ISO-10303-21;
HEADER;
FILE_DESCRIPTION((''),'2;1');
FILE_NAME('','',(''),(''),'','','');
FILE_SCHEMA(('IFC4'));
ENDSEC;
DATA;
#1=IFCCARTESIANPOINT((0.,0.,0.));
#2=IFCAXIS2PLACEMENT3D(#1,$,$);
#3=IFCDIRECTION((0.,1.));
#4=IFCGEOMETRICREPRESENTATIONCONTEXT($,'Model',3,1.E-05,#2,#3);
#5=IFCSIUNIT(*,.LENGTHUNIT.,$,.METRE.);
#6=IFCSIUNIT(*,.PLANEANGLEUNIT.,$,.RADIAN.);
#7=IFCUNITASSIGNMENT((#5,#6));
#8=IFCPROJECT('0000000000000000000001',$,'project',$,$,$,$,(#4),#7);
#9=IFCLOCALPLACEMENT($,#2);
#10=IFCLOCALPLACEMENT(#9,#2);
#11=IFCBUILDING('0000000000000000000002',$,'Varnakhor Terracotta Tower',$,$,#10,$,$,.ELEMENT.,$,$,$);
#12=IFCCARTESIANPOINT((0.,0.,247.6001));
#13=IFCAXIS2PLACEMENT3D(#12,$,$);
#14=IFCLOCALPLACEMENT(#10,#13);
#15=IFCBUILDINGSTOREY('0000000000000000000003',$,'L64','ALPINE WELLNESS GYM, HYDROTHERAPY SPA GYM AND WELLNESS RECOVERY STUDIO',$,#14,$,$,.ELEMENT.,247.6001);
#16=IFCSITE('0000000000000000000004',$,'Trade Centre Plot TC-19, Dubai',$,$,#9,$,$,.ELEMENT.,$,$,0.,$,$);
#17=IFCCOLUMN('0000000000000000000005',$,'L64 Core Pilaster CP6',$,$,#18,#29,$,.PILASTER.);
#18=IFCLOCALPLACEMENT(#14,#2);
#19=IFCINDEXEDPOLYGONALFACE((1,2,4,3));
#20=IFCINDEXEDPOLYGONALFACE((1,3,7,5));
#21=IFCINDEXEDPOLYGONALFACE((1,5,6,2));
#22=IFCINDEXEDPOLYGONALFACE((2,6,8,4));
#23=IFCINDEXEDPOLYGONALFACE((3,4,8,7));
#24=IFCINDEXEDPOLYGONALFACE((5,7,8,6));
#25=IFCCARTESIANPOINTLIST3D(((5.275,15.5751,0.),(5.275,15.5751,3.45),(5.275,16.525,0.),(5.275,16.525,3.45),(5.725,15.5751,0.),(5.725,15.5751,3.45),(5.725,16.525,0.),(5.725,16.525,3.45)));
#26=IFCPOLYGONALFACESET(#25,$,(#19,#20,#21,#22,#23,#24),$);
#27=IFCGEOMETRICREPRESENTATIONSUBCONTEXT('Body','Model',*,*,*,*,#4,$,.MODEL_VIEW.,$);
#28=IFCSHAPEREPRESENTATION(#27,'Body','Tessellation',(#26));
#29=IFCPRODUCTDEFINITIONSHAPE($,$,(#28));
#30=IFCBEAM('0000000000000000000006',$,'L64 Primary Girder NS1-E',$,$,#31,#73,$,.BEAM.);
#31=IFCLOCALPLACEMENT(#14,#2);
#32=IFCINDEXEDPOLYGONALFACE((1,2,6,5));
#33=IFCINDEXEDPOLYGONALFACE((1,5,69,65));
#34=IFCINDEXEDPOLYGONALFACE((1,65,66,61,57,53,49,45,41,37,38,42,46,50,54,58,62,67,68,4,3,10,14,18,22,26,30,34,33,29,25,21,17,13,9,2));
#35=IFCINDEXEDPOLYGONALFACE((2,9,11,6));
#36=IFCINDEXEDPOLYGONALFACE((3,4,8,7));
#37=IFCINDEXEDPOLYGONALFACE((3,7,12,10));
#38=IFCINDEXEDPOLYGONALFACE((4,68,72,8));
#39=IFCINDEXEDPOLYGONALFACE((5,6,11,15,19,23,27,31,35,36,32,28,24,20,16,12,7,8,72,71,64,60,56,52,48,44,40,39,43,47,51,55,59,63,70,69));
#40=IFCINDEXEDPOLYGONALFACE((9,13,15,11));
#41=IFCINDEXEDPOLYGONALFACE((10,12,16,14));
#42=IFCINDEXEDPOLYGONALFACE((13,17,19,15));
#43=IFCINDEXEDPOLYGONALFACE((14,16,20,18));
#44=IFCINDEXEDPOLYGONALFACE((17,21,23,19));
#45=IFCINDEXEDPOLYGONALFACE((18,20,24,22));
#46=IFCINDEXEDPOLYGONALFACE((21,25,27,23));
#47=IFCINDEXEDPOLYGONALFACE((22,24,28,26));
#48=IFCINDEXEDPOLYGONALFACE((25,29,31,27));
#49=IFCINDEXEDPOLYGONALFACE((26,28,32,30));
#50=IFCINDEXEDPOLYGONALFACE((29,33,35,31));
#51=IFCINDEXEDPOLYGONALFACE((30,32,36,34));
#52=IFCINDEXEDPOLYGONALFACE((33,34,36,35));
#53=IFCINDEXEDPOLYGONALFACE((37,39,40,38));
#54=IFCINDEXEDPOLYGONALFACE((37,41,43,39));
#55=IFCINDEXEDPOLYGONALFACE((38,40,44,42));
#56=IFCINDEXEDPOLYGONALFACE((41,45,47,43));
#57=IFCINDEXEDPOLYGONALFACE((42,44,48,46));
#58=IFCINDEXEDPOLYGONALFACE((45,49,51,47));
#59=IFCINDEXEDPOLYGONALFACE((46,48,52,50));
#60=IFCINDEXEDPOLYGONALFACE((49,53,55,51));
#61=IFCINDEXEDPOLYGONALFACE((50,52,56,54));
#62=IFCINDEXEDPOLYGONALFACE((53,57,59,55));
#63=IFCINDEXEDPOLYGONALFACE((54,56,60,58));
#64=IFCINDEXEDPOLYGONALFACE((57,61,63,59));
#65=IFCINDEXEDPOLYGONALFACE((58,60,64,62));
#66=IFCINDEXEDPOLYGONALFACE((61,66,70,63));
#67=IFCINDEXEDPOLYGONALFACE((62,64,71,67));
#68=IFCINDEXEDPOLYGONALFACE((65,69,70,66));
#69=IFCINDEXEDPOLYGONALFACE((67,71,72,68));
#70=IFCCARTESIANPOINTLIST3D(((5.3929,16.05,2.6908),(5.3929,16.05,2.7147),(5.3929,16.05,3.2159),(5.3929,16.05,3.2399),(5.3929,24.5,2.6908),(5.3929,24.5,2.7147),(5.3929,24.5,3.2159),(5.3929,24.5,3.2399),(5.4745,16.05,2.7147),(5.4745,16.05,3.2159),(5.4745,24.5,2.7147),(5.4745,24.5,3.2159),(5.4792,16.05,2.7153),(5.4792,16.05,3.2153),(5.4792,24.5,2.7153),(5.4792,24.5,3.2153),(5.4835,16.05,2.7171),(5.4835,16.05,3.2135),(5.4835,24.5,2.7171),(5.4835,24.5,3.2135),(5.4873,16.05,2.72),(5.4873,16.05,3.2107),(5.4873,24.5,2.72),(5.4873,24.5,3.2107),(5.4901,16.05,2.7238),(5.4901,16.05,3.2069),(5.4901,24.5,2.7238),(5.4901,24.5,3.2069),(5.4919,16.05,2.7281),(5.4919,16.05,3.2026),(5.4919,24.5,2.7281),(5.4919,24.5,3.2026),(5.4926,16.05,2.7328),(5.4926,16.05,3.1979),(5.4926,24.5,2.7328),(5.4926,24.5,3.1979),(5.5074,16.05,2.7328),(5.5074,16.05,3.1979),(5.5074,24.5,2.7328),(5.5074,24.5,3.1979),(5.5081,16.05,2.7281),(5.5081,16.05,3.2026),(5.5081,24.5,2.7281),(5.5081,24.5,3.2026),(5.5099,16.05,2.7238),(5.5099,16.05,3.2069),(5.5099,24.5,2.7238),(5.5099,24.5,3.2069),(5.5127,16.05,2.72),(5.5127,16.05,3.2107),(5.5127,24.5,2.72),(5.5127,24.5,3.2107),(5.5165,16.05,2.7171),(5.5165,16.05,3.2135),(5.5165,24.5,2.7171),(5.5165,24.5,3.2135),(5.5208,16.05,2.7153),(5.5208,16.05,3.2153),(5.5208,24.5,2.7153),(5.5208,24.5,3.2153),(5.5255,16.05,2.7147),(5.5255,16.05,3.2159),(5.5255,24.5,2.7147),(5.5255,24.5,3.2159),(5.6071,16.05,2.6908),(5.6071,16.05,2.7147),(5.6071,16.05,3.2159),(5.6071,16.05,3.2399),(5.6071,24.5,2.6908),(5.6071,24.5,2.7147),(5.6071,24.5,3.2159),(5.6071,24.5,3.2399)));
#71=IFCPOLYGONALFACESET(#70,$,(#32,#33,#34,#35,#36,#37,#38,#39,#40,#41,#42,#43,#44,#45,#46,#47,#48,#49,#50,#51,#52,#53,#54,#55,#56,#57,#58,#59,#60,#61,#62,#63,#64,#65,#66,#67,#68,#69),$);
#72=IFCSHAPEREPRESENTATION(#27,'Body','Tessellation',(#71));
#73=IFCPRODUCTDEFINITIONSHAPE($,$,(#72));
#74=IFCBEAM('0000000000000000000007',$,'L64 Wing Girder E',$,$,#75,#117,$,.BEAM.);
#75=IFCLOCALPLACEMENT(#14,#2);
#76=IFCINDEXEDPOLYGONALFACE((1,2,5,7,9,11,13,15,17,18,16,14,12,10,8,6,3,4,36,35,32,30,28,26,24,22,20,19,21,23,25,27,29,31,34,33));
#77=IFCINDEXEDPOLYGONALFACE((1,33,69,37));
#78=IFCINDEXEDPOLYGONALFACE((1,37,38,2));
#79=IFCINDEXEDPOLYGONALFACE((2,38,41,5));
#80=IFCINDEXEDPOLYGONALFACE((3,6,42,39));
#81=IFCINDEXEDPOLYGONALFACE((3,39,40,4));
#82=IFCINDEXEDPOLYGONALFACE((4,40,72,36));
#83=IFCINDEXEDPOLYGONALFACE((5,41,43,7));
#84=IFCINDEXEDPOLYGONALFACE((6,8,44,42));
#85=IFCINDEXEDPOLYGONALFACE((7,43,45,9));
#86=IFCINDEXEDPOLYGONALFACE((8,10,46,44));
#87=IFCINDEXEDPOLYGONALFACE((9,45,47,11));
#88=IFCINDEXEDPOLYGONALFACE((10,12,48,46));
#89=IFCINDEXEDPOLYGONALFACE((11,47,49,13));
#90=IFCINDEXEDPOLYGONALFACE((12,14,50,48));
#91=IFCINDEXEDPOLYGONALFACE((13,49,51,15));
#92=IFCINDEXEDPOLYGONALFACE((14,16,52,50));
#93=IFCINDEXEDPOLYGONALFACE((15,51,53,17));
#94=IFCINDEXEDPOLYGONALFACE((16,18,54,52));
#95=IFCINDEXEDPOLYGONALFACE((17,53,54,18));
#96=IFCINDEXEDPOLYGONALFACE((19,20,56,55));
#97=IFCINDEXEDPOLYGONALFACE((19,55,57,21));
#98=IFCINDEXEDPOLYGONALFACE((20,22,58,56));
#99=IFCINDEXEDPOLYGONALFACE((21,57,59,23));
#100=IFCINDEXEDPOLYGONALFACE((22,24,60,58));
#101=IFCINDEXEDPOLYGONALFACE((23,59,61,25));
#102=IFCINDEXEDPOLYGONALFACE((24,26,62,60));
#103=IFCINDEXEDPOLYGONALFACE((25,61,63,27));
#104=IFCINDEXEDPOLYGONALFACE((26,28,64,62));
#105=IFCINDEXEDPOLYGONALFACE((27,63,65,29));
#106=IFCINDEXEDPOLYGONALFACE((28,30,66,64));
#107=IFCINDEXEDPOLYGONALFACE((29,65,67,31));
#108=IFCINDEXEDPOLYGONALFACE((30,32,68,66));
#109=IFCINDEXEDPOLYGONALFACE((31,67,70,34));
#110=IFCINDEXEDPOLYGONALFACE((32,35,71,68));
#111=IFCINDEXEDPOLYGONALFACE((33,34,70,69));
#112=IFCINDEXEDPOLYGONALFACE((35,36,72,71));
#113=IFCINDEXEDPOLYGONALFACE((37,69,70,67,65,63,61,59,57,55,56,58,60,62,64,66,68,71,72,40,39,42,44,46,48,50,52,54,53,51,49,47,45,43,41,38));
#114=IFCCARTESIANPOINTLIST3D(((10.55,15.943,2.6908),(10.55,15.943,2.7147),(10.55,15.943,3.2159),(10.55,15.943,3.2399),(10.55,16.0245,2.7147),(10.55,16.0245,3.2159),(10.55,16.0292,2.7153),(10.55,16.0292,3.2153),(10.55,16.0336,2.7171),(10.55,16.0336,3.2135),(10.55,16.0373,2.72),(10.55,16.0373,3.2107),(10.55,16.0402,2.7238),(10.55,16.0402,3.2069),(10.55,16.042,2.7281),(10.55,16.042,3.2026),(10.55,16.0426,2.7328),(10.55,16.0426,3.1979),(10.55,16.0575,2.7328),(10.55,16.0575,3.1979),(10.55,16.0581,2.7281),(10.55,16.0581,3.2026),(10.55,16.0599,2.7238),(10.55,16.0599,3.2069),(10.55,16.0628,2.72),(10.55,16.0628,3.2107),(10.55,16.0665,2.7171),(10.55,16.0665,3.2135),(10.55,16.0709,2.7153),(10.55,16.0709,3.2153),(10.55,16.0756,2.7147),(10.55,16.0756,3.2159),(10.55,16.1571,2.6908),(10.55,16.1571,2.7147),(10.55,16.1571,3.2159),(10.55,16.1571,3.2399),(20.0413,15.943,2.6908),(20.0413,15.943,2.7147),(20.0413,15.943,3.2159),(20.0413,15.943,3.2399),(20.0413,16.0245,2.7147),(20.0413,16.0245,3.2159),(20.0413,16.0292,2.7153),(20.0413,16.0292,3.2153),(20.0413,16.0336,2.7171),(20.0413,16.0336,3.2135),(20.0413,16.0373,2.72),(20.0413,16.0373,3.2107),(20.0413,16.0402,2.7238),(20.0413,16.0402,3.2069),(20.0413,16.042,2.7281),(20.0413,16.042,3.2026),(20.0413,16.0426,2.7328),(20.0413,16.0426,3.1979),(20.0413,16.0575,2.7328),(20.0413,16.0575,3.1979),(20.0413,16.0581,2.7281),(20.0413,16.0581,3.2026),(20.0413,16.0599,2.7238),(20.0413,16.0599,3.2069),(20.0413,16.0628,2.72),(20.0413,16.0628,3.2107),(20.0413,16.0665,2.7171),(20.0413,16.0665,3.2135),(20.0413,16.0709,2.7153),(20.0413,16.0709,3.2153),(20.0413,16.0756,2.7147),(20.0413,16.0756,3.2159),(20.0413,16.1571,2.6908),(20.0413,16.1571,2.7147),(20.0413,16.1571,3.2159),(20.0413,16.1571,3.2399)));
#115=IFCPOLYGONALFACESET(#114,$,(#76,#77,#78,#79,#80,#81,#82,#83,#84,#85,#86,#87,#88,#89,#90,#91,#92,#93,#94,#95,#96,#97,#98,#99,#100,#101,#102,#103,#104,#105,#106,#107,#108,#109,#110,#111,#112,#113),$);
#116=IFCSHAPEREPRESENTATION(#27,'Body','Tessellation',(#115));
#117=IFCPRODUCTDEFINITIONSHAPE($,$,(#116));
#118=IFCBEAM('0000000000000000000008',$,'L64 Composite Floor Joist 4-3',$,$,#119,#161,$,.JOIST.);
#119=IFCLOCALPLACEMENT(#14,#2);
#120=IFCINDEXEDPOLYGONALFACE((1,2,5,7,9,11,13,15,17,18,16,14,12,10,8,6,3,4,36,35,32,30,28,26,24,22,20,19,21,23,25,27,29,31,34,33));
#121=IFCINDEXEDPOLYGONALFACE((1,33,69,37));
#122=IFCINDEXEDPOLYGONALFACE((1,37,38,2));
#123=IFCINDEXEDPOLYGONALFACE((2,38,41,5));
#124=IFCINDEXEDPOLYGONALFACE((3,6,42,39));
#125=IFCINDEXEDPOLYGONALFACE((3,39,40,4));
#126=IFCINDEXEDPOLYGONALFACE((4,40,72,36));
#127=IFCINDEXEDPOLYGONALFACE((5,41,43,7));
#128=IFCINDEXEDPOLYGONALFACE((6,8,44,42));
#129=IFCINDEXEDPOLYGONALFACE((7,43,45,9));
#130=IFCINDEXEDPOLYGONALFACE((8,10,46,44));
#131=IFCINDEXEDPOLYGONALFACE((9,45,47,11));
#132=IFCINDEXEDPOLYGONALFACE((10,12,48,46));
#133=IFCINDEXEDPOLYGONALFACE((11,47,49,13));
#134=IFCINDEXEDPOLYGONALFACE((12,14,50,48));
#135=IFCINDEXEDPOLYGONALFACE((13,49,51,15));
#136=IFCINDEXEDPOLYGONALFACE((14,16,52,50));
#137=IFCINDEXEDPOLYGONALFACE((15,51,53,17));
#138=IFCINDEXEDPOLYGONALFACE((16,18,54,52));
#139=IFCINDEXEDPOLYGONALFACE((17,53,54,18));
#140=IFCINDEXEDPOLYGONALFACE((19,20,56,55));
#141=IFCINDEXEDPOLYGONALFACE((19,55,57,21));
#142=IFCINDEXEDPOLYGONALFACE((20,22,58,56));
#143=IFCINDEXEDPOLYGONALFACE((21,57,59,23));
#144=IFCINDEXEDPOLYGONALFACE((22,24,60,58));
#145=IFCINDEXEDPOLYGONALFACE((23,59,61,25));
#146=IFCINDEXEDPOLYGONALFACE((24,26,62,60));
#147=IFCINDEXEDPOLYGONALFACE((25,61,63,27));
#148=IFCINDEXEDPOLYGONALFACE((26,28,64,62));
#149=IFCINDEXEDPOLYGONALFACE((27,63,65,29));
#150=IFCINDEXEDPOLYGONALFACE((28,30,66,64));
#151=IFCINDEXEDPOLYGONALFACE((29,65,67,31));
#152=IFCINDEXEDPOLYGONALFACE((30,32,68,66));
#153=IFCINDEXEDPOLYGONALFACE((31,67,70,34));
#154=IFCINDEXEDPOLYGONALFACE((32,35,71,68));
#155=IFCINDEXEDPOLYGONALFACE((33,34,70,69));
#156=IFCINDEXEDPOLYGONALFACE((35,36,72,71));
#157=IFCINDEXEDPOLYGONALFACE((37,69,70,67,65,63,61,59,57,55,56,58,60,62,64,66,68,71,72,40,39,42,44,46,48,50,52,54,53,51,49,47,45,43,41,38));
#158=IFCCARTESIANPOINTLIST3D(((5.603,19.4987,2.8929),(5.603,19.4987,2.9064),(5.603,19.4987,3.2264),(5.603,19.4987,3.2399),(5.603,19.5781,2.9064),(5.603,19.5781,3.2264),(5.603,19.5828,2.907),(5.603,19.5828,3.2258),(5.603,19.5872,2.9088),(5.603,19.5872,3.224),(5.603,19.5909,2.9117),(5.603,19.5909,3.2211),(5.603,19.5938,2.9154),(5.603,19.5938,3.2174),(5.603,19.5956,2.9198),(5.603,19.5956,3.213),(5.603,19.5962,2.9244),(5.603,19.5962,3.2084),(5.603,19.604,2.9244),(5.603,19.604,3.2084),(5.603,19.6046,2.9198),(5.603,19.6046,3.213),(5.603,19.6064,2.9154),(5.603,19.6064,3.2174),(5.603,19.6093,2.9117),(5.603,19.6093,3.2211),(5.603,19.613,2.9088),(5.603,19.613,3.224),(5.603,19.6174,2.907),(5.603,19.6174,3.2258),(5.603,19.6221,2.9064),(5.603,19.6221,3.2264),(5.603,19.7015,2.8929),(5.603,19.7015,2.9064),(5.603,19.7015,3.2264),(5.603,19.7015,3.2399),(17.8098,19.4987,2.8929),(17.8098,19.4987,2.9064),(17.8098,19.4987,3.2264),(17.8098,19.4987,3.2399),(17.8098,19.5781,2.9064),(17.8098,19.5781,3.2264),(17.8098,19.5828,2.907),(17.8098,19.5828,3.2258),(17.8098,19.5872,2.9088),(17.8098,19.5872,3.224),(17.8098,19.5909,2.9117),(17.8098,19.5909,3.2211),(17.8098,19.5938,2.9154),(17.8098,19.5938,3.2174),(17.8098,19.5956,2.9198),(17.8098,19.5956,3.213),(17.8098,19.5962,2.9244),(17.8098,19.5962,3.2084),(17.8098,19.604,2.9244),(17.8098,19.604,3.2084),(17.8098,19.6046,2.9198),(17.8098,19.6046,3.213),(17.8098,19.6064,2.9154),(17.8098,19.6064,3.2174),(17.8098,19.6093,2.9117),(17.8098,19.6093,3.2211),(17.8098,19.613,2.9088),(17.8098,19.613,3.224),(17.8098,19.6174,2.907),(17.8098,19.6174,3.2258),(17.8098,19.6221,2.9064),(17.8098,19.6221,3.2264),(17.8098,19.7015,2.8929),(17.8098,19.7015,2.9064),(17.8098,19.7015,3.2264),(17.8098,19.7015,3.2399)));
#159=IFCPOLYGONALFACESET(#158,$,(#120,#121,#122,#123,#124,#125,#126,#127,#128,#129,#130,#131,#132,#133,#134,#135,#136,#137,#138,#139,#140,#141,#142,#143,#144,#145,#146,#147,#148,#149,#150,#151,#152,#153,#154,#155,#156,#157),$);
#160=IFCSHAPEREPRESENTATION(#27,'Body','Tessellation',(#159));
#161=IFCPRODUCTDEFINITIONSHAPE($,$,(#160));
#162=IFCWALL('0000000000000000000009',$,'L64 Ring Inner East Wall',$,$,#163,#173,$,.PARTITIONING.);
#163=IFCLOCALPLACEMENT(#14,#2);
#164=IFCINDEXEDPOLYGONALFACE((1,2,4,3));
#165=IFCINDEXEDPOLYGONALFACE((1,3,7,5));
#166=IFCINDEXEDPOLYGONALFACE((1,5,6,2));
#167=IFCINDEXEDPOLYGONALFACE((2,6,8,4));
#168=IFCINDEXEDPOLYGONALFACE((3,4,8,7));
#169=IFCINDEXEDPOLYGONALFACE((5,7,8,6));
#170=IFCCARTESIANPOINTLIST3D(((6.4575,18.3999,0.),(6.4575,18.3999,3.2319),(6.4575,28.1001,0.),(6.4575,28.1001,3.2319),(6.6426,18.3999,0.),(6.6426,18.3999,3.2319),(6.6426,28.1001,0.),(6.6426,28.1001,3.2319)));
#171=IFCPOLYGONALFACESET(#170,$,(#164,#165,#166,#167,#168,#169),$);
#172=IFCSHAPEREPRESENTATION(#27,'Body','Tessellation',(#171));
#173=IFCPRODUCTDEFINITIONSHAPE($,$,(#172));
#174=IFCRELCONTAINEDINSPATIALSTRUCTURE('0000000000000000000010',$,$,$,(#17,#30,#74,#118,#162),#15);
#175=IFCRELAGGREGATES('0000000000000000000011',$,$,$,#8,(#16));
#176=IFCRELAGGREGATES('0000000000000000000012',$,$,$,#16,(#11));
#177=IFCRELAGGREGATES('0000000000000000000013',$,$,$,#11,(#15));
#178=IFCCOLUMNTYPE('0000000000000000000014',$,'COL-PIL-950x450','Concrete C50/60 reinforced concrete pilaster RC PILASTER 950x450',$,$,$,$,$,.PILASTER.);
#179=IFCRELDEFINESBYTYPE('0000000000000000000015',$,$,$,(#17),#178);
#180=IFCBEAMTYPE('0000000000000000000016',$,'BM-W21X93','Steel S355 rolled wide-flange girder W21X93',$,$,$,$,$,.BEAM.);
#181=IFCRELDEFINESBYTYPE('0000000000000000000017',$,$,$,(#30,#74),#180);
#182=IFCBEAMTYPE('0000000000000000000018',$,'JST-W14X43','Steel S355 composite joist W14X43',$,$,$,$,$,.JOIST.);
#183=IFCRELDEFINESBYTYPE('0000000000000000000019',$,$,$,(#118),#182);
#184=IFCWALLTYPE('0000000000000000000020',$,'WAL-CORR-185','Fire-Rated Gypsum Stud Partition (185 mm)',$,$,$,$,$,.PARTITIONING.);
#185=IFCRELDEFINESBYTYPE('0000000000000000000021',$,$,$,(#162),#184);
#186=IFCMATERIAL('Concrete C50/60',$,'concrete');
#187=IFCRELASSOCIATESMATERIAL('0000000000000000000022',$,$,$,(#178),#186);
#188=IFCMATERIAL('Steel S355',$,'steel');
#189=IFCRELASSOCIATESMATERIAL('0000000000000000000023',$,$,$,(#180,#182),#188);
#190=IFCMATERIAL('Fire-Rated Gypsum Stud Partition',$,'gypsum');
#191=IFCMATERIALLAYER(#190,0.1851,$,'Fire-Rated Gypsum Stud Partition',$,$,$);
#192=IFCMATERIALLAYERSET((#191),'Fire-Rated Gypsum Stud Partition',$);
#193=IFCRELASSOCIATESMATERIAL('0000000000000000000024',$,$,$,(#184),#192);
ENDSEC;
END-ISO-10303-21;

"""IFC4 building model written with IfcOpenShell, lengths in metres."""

from ifc_helpers import new_model, si_unit, direction, frame, frame_2d, origin, origin_2d, place, context, subcontext, project, spatial, rectangle, i_section, extrude, source, transform, mapped, material, layer, layer_set, material_profile, profile_set, type_object, type_shapes, element, save


model = new_model("IFC4")

# Units and contexts
model_context = context("Model", 3, precision=1e-05, world=origin(), true_north=direction((0.0, 1.0)))
body_context = subcontext(model_context, "Body", "Model", "MODEL_VIEW")
ifc_project = project(units=[si_unit("LENGTHUNIT", "METRE"), si_unit("PLANEANGLEUNIT", "RADIAN")], contexts=[model_context])

# Site, building, storey
site_placement = place(None, origin())
site = spatial("IfcSite", under=ifc_project, at=site_placement, Name="Trade Centre Plot TC-19, Dubai", CompositionType="ELEMENT", RefElevation=0.0)
building_placement = place(site_placement, origin())
building = spatial("IfcBuilding", under=site, at=building_placement, Name="Varnakhor Terracotta Tower", CompositionType="ELEMENT")
storey_placement = place(building_placement, frame((0.0, 0.0, 247.6001)))
storey = spatial("IfcBuildingStorey", under=building, at=storey_placement, Name="L64", Description="ALPINE WELLNESS GYM, HYDROTHERAPY SPA GYM AND WELLNESS RECOVERY STUDIO", CompositionType="ELEMENT", Elevation=247.6001)

# Column
ifc_material_1 = material(Name="Concrete C50/60", Category="concrete")
ifc_material_profile_1 = material_profile(ifc_material_1, rectangle(XDim=0.45, YDim=0.95, at=origin_2d()), Name="RC PILASTER 950x450")
ifc_profile_set_1 = profile_set([ifc_material_profile_1], Name="Concrete C50/60")
column_type = type_object("IfcColumnType", Name="COL-PIL-950x450", Description="Concrete C50/60 reinforced concrete pilaster RC PILASTER 950x450", PredefinedType="PILASTER", material=ifc_profile_set_1)
shared_shape_1 = source(origin(), body_context, "Body", "SweptSolid", [
    extrude(rectangle(XDim=0.45, YDim=0.95, at=origin_2d()), origin(), (0.0, 0.0, 1.0), 3.45),
])
column_placement = place(storey_placement, frame((5.5, 16.05, 0.0), z_axis=(0.0, 0.0, 1.0), x_axis=(1.0, 0.0, 0.0)))
element("IfcColumn", 1, at=column_placement, inside=storey, type_object=column_type, Name="L64 Core Pilaster CP6", PredefinedType="PILASTER", context=body_context, shape_type="MappedRepresentation", body=[
    mapped(shared_shape_1, transform((0.0, 0.0, 0.0), scale=1.0)),
])

# Beams
ifc_material_2 = material(Name="Steel S355", Category="steel")
ifc_material_profile_2 = material_profile(ifc_material_2, i_section(OverallWidth=0.2141, OverallDepth=0.5491, WebThickness=0.0149, FlangeThickness=0.0239, FilletRadius=0.0181, at=origin_2d()), Name="W21X93")
ifc_profile_set_2 = profile_set([ifc_material_profile_2], Name="Steel S355")
beam_type_1 = type_object("IfcBeamType", Name="BM-W21X93", Description="Steel S355 rolled wide-flange girder W21X93", PredefinedType="BEAM", material=ifc_profile_set_2)
shared_shape_2 = source(origin(), body_context, "Body", "SweptSolid", [
    extrude(i_section(OverallWidth=0.2141, OverallDepth=0.5491, WebThickness=0.0149, FlangeThickness=0.0239, FilletRadius=0.0181, at=origin_2d()), origin(), (0.0, 0.0, 1.0), 8.45),
])
type_shapes(beam_type_1, [shared_shape_2])
beam_1_placement = place(storey_placement, frame((5.5, 16.05, 2.9653), z_axis=(0.0, 1.0, 0.0), x_axis=(-1.0, 0.0, 0.0)))
element("IfcBeam", 2, at=beam_1_placement, inside=storey, type_object=beam_type_1, Name="L64 Primary Girder NS1-E", PredefinedType="BEAM", context=body_context, shape_type="MappedRepresentation", body=[
    mapped(shared_shape_2, transform((0.0, 0.0, 0.0), scale=1.0)),
])
shared_shape_3 = source(origin(), body_context, "Body", "SweptSolid", [
    extrude(i_section(OverallWidth=0.2141, OverallDepth=0.5491, WebThickness=0.0149, FlangeThickness=0.0239, FilletRadius=0.0181, at=origin_2d()), origin(), (0.0, 0.0, 1.0), 9.4912),
])
beam_2_placement = place(storey_placement, frame((10.55, 16.05, 2.9653), z_axis=(1.0, 0.0, 0.0), x_axis=(0.0, 1.0, 0.0)))
element("IfcBeam", 3, at=beam_2_placement, inside=storey, type_object=beam_type_1, Name="L64 Wing Girder E", PredefinedType="BEAM", context=body_context, shape_type="MappedRepresentation", body=[
    mapped(shared_shape_3, transform((0.0, 0.0, 0.0), scale=1.0)),
])
ifc_material_profile_3 = material_profile(ifc_material_2, i_section(OverallWidth=0.2029, OverallDepth=0.3469, WebThickness=0.0078, FlangeThickness=0.0134, FilletRadius=0.0181, at=origin_2d()), Name="W14X43")
ifc_profile_set_3 = profile_set([ifc_material_profile_3], Name="Steel S355")
beam_type_2 = type_object("IfcBeamType", Name="JST-W14X43", Description="Steel S355 composite joist W14X43", PredefinedType="JOIST", material=ifc_profile_set_3)
shared_shape_4 = source(origin(), body_context, "Body", "SweptSolid", [
    extrude(i_section(OverallWidth=0.2029, OverallDepth=0.3469, WebThickness=0.0078, FlangeThickness=0.0134, FilletRadius=0.0181, at=origin_2d()), origin(), (0.0, 0.0, 1.0), 12.2068),
])
beam_3_placement = place(storey_placement, frame((5.603, 19.6001, 3.0664), z_axis=(1.0, 0.0, 0.0), x_axis=(0.0, 1.0, 0.0)))
element("IfcBeam", 4, at=beam_3_placement, inside=storey, type_object=beam_type_2, Name="L64 Composite Floor Joist 4-3", PredefinedType="JOIST", context=body_context, shape_type="MappedRepresentation", body=[
    mapped(shared_shape_4, transform((0.0, 0.0, 0.0), scale=1.0)),
])

# Wall
ifc_material_3 = material(Name="Fire-Rated Gypsum Stud Partition", Category="gypsum")
ifc_layer_1 = layer(ifc_material_3, 0.1851, Name="Fire-Rated Gypsum Stud Partition")
ifc_layer_set_1 = layer_set([ifc_layer_1], Name="Fire-Rated Gypsum Stud Partition")
wall_type_1 = type_object("IfcWallType", Name="WAL-CORR-185", Description="Fire-Rated Gypsum Stud Partition (185 mm)", PredefinedType="PARTITIONING", material=ifc_layer_set_1)
wall_1_placement = place(storey_placement, frame((6.55, 18.3999, 0.0), z_axis=(0.0, 0.0, 1.0), x_axis=(0.0, 1.0, 0.0)))
element("IfcWall", 5, at=wall_1_placement, inside=storey, type_object=wall_type_1, Name="L64 Ring Inner East Wall", PredefinedType="PARTITIONING", context=body_context, shape_type="SweptSolid", body=[
    extrude(rectangle(XDim=9.7002, YDim=0.1851, at=frame_2d((4.8501, 0.0))), origin(), (0.0, 0.0, 1.0), 3.2319),
])

save(model, "model.ifc")
